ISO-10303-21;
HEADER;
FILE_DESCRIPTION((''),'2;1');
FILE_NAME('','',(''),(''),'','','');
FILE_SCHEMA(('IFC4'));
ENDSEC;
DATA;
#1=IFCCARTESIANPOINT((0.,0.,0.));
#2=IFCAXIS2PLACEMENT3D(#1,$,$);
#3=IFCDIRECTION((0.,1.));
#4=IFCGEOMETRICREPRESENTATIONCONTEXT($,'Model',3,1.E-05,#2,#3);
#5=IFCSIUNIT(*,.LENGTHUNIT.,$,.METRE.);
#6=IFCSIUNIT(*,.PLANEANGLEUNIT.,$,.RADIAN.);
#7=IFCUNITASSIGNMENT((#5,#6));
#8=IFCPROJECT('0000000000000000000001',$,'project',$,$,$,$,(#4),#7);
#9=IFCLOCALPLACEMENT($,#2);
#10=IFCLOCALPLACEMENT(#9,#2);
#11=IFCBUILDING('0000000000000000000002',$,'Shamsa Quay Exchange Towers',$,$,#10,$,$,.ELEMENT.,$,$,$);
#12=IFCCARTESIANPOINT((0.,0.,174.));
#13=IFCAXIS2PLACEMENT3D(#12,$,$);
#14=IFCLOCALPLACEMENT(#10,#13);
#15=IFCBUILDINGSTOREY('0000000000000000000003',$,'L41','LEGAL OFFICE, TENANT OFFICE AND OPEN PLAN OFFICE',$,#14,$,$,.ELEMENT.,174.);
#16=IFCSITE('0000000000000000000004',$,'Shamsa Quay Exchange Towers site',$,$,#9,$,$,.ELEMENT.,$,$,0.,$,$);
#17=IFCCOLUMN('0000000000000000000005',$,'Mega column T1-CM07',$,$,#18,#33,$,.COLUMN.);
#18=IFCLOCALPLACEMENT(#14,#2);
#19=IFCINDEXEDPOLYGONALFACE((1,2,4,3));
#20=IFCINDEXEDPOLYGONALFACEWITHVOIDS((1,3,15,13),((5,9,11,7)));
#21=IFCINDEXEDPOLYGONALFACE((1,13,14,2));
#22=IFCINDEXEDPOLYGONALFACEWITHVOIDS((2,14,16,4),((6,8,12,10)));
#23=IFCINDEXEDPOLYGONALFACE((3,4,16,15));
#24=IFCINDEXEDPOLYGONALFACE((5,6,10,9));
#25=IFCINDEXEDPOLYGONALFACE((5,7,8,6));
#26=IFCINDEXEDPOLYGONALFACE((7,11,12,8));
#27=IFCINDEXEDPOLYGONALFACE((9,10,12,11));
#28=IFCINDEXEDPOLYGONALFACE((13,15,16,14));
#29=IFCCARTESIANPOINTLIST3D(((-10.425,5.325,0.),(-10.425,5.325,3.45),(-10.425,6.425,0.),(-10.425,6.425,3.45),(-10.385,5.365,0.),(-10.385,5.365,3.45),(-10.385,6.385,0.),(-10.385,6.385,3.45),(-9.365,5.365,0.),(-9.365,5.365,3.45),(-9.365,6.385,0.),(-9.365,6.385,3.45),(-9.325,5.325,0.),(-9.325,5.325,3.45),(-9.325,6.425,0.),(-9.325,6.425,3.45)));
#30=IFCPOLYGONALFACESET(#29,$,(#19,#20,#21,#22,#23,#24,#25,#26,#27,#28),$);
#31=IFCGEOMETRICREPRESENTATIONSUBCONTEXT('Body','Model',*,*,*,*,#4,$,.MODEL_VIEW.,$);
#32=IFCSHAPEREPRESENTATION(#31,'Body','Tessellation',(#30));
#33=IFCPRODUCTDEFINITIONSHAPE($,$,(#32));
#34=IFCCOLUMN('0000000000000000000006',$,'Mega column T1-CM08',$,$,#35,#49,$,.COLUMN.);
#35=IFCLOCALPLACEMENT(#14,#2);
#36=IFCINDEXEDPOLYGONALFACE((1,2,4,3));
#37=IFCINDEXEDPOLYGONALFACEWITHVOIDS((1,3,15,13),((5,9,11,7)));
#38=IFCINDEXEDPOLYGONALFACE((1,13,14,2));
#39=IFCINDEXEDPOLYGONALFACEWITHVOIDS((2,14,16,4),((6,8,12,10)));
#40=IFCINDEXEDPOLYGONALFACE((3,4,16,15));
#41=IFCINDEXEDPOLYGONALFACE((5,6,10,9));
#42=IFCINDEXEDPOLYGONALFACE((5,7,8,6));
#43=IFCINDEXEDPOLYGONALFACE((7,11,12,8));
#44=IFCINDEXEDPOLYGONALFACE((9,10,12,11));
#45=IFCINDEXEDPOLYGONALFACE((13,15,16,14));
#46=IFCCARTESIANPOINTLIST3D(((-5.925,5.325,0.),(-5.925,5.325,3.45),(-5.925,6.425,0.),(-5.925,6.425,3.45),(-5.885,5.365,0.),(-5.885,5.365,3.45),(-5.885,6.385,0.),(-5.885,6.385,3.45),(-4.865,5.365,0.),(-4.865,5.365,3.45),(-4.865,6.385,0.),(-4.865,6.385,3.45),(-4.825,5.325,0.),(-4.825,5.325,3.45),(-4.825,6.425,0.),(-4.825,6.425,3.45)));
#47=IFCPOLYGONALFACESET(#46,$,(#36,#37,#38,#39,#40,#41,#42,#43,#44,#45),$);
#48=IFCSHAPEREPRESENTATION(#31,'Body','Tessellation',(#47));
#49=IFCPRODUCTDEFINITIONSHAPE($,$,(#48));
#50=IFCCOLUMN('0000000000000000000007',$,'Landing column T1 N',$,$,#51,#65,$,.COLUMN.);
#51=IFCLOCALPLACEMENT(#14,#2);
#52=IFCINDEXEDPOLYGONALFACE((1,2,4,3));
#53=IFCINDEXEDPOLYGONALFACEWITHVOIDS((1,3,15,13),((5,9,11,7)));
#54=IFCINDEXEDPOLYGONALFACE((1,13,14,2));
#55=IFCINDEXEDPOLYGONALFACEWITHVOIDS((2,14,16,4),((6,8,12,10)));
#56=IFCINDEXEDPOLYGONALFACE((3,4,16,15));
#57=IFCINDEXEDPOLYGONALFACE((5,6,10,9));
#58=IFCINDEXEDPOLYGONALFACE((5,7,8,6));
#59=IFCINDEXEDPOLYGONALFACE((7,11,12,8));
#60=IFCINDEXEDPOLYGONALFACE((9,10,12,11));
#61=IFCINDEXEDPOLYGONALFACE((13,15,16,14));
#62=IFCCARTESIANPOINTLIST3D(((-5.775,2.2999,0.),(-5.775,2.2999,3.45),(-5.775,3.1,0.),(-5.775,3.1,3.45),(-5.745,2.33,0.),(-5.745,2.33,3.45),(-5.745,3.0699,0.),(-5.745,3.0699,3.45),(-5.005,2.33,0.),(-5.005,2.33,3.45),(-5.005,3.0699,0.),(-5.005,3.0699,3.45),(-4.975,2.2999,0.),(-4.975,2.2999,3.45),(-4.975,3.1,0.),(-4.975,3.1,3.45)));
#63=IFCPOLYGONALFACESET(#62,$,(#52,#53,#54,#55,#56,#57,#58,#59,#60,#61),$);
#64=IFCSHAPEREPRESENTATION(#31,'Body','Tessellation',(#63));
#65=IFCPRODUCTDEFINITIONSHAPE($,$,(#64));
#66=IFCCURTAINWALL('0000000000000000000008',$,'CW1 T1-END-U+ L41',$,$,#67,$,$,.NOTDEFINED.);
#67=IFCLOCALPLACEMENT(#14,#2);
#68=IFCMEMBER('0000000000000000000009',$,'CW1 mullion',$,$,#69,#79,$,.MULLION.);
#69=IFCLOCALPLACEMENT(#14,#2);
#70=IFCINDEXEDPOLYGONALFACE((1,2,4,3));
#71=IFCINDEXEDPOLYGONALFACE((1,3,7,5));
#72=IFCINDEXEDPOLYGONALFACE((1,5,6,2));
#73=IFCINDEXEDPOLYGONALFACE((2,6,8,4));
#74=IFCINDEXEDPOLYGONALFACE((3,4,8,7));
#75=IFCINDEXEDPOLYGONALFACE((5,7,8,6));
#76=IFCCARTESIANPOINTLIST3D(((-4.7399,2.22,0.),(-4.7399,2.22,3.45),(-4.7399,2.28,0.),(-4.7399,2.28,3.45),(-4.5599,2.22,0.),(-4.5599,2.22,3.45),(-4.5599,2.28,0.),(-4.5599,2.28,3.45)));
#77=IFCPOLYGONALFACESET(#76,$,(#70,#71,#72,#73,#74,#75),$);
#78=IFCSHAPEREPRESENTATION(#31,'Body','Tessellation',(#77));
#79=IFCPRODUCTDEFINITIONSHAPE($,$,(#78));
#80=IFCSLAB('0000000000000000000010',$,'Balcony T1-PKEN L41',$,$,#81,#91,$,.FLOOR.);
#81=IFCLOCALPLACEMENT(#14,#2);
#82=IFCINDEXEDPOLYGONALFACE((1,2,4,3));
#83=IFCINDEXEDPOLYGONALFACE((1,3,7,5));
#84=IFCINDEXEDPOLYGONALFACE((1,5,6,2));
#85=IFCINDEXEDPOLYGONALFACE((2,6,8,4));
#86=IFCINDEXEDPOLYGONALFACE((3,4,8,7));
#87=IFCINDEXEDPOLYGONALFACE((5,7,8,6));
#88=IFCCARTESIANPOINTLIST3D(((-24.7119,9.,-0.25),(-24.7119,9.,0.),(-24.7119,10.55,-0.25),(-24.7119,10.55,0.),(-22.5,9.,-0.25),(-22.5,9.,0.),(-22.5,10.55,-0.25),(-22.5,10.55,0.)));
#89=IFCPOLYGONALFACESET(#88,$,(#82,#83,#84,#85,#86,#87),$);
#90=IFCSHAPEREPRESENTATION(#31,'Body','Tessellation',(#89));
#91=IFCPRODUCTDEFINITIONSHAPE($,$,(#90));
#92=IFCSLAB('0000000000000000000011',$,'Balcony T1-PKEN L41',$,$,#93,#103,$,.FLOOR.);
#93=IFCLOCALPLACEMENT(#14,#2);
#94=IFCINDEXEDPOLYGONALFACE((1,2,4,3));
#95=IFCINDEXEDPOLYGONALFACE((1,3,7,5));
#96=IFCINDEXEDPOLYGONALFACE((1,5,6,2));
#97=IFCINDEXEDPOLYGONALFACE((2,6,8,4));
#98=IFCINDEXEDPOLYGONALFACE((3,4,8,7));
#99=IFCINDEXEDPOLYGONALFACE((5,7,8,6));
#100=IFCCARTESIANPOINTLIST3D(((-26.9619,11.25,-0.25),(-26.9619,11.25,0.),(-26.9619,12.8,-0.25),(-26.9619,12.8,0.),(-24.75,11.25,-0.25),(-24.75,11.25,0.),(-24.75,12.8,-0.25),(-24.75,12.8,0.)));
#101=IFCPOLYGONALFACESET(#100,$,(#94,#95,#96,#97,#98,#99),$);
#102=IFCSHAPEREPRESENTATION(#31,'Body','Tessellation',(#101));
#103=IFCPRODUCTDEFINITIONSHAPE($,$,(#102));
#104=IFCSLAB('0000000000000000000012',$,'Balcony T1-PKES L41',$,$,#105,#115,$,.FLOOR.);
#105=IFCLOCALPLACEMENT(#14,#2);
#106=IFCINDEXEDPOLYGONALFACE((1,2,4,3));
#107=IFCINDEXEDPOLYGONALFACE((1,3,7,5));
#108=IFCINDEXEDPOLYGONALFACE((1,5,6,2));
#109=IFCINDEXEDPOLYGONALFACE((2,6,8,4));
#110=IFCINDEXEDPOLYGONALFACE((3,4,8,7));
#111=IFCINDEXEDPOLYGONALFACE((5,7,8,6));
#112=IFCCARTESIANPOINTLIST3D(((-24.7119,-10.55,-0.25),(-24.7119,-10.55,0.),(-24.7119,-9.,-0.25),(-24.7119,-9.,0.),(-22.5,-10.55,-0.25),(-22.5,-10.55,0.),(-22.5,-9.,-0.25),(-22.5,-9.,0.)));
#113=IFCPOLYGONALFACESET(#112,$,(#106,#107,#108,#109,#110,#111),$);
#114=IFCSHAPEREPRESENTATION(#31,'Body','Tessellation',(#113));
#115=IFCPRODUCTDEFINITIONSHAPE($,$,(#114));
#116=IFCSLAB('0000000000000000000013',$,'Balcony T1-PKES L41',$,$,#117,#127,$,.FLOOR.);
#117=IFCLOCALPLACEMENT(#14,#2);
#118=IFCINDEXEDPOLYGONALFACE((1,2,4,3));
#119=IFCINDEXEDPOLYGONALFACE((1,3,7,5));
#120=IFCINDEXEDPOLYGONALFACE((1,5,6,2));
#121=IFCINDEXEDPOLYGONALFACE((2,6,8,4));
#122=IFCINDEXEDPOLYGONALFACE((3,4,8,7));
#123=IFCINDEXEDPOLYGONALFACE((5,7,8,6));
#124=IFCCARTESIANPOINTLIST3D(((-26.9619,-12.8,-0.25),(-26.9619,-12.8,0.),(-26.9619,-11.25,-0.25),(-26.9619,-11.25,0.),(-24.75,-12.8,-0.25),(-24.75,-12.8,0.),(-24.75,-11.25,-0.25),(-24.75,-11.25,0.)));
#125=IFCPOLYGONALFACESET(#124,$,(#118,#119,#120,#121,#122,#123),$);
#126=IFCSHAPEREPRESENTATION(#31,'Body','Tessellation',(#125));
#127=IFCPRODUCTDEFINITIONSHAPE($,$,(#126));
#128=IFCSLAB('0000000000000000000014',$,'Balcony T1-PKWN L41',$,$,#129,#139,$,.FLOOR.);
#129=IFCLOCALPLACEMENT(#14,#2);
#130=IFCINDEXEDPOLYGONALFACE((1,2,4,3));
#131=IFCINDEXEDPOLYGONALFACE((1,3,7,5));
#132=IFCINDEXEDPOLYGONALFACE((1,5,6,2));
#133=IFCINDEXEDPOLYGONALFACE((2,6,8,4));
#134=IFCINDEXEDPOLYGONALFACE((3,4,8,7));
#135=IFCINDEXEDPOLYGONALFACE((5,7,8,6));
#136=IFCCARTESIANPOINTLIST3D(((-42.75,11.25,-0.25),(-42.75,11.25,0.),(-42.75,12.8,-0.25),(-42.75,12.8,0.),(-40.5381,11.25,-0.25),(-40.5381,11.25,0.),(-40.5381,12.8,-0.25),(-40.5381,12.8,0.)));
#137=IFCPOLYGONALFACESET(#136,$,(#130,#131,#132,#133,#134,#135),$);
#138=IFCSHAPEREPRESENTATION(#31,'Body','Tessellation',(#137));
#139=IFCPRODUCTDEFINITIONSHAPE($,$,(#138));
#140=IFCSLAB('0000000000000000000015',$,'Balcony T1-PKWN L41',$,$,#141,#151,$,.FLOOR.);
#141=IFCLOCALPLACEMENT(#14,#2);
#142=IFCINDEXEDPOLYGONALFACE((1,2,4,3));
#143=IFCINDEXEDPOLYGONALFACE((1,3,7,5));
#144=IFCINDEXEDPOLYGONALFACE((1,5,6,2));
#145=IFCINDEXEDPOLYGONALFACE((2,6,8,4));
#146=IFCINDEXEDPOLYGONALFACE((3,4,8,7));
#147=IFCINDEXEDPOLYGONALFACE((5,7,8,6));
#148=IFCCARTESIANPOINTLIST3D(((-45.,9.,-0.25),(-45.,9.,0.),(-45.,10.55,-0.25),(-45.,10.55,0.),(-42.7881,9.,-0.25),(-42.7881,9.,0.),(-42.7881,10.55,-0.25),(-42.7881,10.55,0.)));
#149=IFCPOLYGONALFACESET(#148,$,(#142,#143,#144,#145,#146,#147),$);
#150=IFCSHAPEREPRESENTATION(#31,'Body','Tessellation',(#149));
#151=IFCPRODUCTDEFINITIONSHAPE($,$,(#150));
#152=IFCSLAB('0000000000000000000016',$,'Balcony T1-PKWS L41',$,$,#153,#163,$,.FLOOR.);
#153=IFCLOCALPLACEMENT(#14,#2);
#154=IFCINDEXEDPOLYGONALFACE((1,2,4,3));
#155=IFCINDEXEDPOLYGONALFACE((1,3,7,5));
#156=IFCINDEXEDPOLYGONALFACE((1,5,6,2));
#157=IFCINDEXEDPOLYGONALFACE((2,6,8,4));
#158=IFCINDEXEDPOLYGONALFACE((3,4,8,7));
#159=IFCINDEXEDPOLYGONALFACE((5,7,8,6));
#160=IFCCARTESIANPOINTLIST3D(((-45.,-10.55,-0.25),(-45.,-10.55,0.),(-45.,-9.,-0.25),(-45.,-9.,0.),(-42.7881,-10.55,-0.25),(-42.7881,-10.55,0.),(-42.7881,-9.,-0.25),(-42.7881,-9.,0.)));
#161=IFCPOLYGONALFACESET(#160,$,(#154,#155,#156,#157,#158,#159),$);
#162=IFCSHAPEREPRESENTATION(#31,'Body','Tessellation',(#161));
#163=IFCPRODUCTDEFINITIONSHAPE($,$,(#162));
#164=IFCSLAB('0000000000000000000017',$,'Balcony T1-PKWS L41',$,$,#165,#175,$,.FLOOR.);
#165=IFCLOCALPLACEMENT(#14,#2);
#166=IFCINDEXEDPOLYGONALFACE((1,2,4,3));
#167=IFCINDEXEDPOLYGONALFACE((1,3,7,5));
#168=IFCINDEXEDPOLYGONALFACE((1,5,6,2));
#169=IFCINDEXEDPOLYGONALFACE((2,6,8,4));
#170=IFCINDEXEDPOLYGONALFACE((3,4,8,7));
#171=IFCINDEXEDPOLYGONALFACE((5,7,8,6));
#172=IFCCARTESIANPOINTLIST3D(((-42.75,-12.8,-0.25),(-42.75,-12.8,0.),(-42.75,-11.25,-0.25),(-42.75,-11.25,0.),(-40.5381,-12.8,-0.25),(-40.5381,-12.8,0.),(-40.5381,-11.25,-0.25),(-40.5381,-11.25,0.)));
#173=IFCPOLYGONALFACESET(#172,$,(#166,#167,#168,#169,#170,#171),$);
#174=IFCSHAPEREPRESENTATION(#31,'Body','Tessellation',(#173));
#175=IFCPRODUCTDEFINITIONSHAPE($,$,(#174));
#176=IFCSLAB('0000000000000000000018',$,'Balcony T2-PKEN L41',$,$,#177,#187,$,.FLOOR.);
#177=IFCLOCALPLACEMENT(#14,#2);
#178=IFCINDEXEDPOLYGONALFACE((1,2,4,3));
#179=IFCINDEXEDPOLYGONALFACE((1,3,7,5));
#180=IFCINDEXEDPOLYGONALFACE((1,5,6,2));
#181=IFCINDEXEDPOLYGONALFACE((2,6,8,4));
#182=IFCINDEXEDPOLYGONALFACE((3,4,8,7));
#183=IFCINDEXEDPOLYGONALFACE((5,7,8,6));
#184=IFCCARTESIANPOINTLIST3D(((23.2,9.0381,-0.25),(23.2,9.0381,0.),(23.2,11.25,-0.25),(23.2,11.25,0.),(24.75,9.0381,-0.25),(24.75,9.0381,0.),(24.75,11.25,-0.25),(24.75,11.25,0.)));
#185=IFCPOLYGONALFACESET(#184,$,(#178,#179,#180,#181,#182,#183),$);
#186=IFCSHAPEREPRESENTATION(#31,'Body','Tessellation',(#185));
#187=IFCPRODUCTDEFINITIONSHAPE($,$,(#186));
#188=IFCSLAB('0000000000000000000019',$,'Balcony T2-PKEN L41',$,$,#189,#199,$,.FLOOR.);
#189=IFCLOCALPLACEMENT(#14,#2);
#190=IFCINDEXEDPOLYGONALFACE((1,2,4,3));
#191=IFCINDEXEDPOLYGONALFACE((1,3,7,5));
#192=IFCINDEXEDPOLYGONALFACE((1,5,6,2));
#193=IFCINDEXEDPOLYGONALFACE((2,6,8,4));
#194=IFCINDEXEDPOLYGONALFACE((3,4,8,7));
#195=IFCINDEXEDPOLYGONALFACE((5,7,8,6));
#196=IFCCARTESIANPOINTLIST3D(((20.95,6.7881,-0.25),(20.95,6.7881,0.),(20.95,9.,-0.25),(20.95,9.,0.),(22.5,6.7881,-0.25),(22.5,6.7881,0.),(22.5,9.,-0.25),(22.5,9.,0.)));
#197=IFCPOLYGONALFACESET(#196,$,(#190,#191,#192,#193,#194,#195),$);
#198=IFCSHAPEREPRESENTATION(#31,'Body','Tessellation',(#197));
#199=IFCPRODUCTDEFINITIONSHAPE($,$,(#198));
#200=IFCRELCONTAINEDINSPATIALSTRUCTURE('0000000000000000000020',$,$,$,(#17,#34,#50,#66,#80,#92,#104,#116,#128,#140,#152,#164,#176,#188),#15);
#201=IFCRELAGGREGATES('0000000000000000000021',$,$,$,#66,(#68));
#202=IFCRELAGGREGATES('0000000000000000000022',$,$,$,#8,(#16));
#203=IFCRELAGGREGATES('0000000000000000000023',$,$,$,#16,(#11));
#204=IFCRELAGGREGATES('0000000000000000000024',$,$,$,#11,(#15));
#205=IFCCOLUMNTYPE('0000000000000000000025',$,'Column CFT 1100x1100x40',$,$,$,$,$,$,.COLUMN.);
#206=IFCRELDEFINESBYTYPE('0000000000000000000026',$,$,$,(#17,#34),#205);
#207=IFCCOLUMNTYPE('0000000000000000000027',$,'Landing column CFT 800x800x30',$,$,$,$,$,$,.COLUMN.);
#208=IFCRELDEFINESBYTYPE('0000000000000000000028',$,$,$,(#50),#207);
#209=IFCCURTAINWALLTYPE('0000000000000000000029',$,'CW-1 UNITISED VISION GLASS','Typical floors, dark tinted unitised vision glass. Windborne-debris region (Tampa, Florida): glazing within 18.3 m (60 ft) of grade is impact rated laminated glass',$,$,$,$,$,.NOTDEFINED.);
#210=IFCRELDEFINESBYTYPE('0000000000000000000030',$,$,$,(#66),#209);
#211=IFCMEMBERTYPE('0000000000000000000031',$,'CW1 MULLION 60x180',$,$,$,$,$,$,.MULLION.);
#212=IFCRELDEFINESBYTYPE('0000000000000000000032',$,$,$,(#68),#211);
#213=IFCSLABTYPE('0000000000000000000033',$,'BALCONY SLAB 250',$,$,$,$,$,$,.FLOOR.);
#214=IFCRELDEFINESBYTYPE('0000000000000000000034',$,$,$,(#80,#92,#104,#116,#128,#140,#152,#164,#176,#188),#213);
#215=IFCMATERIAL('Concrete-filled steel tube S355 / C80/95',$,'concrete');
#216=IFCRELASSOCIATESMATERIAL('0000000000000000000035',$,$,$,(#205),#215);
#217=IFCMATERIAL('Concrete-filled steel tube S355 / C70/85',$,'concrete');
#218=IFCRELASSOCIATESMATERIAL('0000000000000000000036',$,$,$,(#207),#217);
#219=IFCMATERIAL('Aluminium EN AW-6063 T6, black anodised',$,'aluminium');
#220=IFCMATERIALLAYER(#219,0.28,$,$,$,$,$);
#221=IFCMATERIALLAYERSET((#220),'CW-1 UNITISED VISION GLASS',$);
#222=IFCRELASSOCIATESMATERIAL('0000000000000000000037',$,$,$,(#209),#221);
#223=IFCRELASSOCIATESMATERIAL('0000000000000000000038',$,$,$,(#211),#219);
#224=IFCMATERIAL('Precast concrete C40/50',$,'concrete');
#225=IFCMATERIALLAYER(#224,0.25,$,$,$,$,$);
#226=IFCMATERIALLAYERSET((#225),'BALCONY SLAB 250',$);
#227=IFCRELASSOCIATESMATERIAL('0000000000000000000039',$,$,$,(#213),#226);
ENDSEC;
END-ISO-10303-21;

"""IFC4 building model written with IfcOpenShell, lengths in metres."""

from ifc_helpers import new_model, si_unit, direction, frame, origin, origin_2d, place, context, subcontext, project, spatial, polyline, rectangle, hollow_rectangle, outline, extrude, material, layer, layer_set, material_profile, profile_set, type_object, element, aggregate, save


model = new_model("IFC4")

# Units and contexts
model_context = context("Model", 3, precision=1e-05, world=origin(), true_north=direction((0.0, 1.0)))
body_context = subcontext(model_context, "Body", "Model", "MODEL_VIEW")
ifc_project = project(units=[si_unit("LENGTHUNIT", "METRE"), si_unit("PLANEANGLEUNIT", "RADIAN")], contexts=[model_context])

# Site, building, storey
site_placement = place(None, origin())
site = spatial("IfcSite", under=ifc_project, at=site_placement, Name="Shamsa Quay Exchange Towers site", CompositionType="ELEMENT", RefElevation=0.0)
building_placement = place(site_placement, origin())
building = spatial("IfcBuilding", under=site, at=building_placement, Name="Shamsa Quay Exchange Towers", CompositionType="ELEMENT")
storey_placement = place(building_placement, frame((0.0, 0.0, 174.0)))
storey = spatial("IfcBuildingStorey", under=building, at=storey_placement, Name="L41", Description="LEGAL OFFICE, TENANT OFFICE AND OPEN PLAN OFFICE", CompositionType="ELEMENT", Elevation=174.0)

# Columns
ifc_material_1 = material(Name="Concrete-filled steel tube S355 / C80/95", Category="concrete")
ifc_material_profile_1 = material_profile(ifc_material_1, hollow_rectangle(XDim=1.1001, YDim=1.1001, WallThickness=0.04, at=origin_2d()), Name="CFT 1100x1100x40")
ifc_profile_set_1 = profile_set([ifc_material_profile_1], Name="Concrete-filled steel tube S355 / C80/95")
column_type_1 = type_object("IfcColumnType", Name="Column CFT 1100x1100x40", PredefinedType="COLUMN", material=ifc_profile_set_1)
for number, where, name in (
    (1, (-9.875, 5.875, 0.0), "Mega column T1-CM07"),
    (2, (-5.375, 5.875, 0.0), "Mega column T1-CM08"),
):
    element("IfcColumn", number, at=place(storey_placement, frame(where)), inside=storey, type_object=column_type_1, Name=name, PredefinedType="COLUMN", context=body_context, shape_type="SweptSolid", body=[
        extrude(hollow_rectangle(XDim=1.1001, YDim=1.1001, WallThickness=0.04, at=origin_2d()), origin(), (0.0, 0.0, 1.0), 3.45),
    ])
ifc_material_2 = material(Name="Concrete-filled steel tube S355 / C70/85", Category="concrete")
ifc_material_profile_2 = material_profile(ifc_material_2, hollow_rectangle(XDim=0.8, YDim=0.8, WallThickness=0.03, at=origin_2d()), Name="CFT 800x800x30")
ifc_profile_set_2 = profile_set([ifc_material_profile_2], Name="Concrete-filled steel tube S355 / C70/85")
column_type_2 = type_object("IfcColumnType", Name="Landing column CFT 800x800x30", PredefinedType="COLUMN", material=ifc_profile_set_2)
column_placement = place(storey_placement, frame((-5.375, 2.7, 0.0)))
element("IfcColumn", 3, at=column_placement, inside=storey, type_object=column_type_2, Name="Landing column T1 N", PredefinedType="COLUMN", context=body_context, shape_type="SweptSolid", body=[
    extrude(hollow_rectangle(XDim=0.8, YDim=0.8, WallThickness=0.03, at=origin_2d()), origin(), (0.0, 0.0, 1.0), 3.45),
])

# Curtain wall, member
ifc_material_3 = material(Name="Aluminium EN AW-6063 T6, black anodised", Category="aluminium")
ifc_layer_1 = layer(ifc_material_3, 0.28)
ifc_layer_set_1 = layer_set([ifc_layer_1], Name="CW-1 UNITISED VISION GLASS")
curtain_wall_type = type_object("IfcCurtainWallType", Name="CW-1 UNITISED VISION GLASS", Description="Typical floors, dark tinted unitised vision glass. Windborne-debris region (Tampa, Florida): glazing within 18.3 m (60 ft) of grade is impact rated laminated glass", PredefinedType="NOTDEFINED", material=ifc_layer_set_1)
curtain_wall_1_placement = place(storey_placement, origin())
curtain_wall_1 = element("IfcCurtainWall", 4, at=curtain_wall_1_placement, inside=storey, type_object=curtain_wall_type, Name="CW1 T1-END-U+ L41", PredefinedType="NOTDEFINED")
ifc_material_profile_3 = material_profile(ifc_material_3, rectangle(XDim=0.1799, YDim=0.0601, at=origin_2d()), Name="MU60x180")
ifc_profile_set_3 = profile_set([ifc_material_profile_3], Name="Aluminium EN AW-6063 T6, black anodised")
member_type = type_object("IfcMemberType", Name="CW1 MULLION 60x180", PredefinedType="MULLION", material=ifc_profile_set_3)
member_placement = place(storey_placement, frame((-4.6499, 2.25, 0.0), z_axis=(0.0, 0.0, 1.0), x_axis=(-1.0, 0.0, 0.0)))
member = element("IfcMember", 5, at=member_placement, type_object=member_type, Name="CW1 mullion", PredefinedType="MULLION", context=body_context, shape_type="SweptSolid", body=[
    extrude(rectangle(XDim=0.1799, YDim=0.0601, at=origin_2d()), origin(), (0.0, 0.0, 1.0), 3.45),
])

# Slabs
ifc_material_4 = material(Name="Precast concrete C40/50", Category="concrete")
ifc_layer_2 = layer(ifc_material_4, 0.25)
ifc_layer_set_2 = layer_set([ifc_layer_2], Name="BALCONY SLAB 250")
slab_type = type_object("IfcSlabType", Name="BALCONY SLAB 250", PredefinedType="FLOOR", material=ifc_layer_set_2)
slab_1_placement = place(storey_placement, frame((0.0, 0.0, -0.25)))
element("IfcSlab", 6, at=slab_1_placement, inside=storey, type_object=slab_type, Name="Balcony T1-PKEN L41", PredefinedType="FLOOR", context=body_context, shape_type="SweptSolid", body=[
    extrude(outline(polyline([(-22.5, 9.0), (-24.7119, 9.0), (-24.7119, 10.55), (-22.5, 10.55), (-22.5, 9.0)])), origin(), (0.0, 0.0, 1.0), 0.25),
])
slab_2_placement = place(storey_placement, frame((0.0, 0.0, -0.25)))
element("IfcSlab", 7, at=slab_2_placement, inside=storey, type_object=slab_type, Name="Balcony T1-PKEN L41", PredefinedType="FLOOR", context=body_context, shape_type="SweptSolid", body=[
    extrude(outline(polyline([(-24.75, 11.25), (-26.9619, 11.25), (-26.9619, 12.8), (-24.75, 12.8), (-24.75, 11.25)])), origin(), (0.0, 0.0, 1.0), 0.25),
])
slab_3_placement = place(storey_placement, frame((0.0, 0.0, -0.25)))
element("IfcSlab", 8, at=slab_3_placement, inside=storey, type_object=slab_type, Name="Balcony T1-PKES L41", PredefinedType="FLOOR", context=body_context, shape_type="SweptSolid", body=[
    extrude(outline(polyline([(-24.7119, -9.0), (-22.5, -9.0), (-22.5, -10.55), (-24.7119, -10.55), (-24.7119, -9.0)])), origin(), (0.0, 0.0, 1.0), 0.25),
])
slab_4_placement = place(storey_placement, frame((0.0, 0.0, -0.25)))
element("IfcSlab", 9, at=slab_4_placement, inside=storey, type_object=slab_type, Name="Balcony T1-PKES L41", PredefinedType="FLOOR", context=body_context, shape_type="SweptSolid", body=[
    extrude(outline(polyline([(-26.9619, -11.25), (-24.75, -11.25), (-24.75, -12.8), (-26.9619, -12.8), (-26.9619, -11.25)])), origin(), (0.0, 0.0, 1.0), 0.25),
])
slab_5_placement = place(storey_placement, frame((0.0, 0.0, -0.25)))
element("IfcSlab", 10, at=slab_5_placement, inside=storey, type_object=slab_type, Name="Balcony T1-PKWN L41", PredefinedType="FLOOR", context=body_context, shape_type="SweptSolid", body=[
    extrude(outline(polyline([(-40.5381, 11.25), (-42.75, 11.25), (-42.75, 12.8), (-40.5381, 12.8), (-40.5381, 11.25)])), origin(), (0.0, 0.0, 1.0), 0.25),
])
slab_6_placement = place(storey_placement, frame((0.0, 0.0, -0.25)))
element("IfcSlab", 11, at=slab_6_placement, inside=storey, type_object=slab_type, Name="Balcony T1-PKWN L41", PredefinedType="FLOOR", context=body_context, shape_type="SweptSolid", body=[
    extrude(outline(polyline([(-42.7881, 9.0), (-45.0, 9.0), (-45.0, 10.55), (-42.7881, 10.55), (-42.7881, 9.0)])), origin(), (0.0, 0.0, 1.0), 0.25),
])
slab_7_placement = place(storey_placement, frame((0.0, 0.0, -0.25)))
element("IfcSlab", 12, at=slab_7_placement, inside=storey, type_object=slab_type, Name="Balcony T1-PKWS L41", PredefinedType="FLOOR", context=body_context, shape_type="SweptSolid", body=[
    extrude(outline(polyline([(-45.0, -9.0), (-42.7881, -9.0), (-42.7881, -10.55), (-45.0, -10.55), (-45.0, -9.0)])), origin(), (0.0, 0.0, 1.0), 0.25),
])
slab_8_placement = place(storey_placement, frame((0.0, 0.0, -0.25)))
element("IfcSlab", 13, at=slab_8_placement, inside=storey, type_object=slab_type, Name="Balcony T1-PKWS L41", PredefinedType="FLOOR", context=body_context, shape_type="SweptSolid", body=[
    extrude(outline(polyline([(-42.75, -11.25), (-40.5381, -11.25), (-40.5381, -12.8), (-42.75, -12.8), (-42.75, -11.25)])), origin(), (0.0, 0.0, 1.0), 0.25),
])
slab_9_placement = place(storey_placement, frame((0.0, 0.0, -0.25)))
element("IfcSlab", 14, at=slab_9_placement, inside=storey, type_object=slab_type, Name="Balcony T2-PKEN L41", PredefinedType="FLOOR", context=body_context, shape_type="SweptSolid", body=[
    extrude(outline(polyline([(24.75, 11.25), (24.75, 9.0381), (23.2, 9.0381), (23.2, 11.25), (24.75, 11.25)])), origin(), (0.0, 0.0, 1.0), 0.25),
])
slab_10_placement = place(storey_placement, frame((0.0, 0.0, -0.25)))
element("IfcSlab", 15, at=slab_10_placement, inside=storey, type_object=slab_type, Name="Balcony T2-PKEN L41", PredefinedType="FLOOR", context=body_context, shape_type="SweptSolid", body=[
    extrude(outline(polyline([(22.5, 9.0), (22.5, 6.7881), (20.95, 6.7881), (20.95, 9.0), (22.5, 9.0)])), origin(), (0.0, 0.0, 1.0), 0.25),
])

aggregate(curtain_wall_1, [member])

save(model, "model.ifc")
